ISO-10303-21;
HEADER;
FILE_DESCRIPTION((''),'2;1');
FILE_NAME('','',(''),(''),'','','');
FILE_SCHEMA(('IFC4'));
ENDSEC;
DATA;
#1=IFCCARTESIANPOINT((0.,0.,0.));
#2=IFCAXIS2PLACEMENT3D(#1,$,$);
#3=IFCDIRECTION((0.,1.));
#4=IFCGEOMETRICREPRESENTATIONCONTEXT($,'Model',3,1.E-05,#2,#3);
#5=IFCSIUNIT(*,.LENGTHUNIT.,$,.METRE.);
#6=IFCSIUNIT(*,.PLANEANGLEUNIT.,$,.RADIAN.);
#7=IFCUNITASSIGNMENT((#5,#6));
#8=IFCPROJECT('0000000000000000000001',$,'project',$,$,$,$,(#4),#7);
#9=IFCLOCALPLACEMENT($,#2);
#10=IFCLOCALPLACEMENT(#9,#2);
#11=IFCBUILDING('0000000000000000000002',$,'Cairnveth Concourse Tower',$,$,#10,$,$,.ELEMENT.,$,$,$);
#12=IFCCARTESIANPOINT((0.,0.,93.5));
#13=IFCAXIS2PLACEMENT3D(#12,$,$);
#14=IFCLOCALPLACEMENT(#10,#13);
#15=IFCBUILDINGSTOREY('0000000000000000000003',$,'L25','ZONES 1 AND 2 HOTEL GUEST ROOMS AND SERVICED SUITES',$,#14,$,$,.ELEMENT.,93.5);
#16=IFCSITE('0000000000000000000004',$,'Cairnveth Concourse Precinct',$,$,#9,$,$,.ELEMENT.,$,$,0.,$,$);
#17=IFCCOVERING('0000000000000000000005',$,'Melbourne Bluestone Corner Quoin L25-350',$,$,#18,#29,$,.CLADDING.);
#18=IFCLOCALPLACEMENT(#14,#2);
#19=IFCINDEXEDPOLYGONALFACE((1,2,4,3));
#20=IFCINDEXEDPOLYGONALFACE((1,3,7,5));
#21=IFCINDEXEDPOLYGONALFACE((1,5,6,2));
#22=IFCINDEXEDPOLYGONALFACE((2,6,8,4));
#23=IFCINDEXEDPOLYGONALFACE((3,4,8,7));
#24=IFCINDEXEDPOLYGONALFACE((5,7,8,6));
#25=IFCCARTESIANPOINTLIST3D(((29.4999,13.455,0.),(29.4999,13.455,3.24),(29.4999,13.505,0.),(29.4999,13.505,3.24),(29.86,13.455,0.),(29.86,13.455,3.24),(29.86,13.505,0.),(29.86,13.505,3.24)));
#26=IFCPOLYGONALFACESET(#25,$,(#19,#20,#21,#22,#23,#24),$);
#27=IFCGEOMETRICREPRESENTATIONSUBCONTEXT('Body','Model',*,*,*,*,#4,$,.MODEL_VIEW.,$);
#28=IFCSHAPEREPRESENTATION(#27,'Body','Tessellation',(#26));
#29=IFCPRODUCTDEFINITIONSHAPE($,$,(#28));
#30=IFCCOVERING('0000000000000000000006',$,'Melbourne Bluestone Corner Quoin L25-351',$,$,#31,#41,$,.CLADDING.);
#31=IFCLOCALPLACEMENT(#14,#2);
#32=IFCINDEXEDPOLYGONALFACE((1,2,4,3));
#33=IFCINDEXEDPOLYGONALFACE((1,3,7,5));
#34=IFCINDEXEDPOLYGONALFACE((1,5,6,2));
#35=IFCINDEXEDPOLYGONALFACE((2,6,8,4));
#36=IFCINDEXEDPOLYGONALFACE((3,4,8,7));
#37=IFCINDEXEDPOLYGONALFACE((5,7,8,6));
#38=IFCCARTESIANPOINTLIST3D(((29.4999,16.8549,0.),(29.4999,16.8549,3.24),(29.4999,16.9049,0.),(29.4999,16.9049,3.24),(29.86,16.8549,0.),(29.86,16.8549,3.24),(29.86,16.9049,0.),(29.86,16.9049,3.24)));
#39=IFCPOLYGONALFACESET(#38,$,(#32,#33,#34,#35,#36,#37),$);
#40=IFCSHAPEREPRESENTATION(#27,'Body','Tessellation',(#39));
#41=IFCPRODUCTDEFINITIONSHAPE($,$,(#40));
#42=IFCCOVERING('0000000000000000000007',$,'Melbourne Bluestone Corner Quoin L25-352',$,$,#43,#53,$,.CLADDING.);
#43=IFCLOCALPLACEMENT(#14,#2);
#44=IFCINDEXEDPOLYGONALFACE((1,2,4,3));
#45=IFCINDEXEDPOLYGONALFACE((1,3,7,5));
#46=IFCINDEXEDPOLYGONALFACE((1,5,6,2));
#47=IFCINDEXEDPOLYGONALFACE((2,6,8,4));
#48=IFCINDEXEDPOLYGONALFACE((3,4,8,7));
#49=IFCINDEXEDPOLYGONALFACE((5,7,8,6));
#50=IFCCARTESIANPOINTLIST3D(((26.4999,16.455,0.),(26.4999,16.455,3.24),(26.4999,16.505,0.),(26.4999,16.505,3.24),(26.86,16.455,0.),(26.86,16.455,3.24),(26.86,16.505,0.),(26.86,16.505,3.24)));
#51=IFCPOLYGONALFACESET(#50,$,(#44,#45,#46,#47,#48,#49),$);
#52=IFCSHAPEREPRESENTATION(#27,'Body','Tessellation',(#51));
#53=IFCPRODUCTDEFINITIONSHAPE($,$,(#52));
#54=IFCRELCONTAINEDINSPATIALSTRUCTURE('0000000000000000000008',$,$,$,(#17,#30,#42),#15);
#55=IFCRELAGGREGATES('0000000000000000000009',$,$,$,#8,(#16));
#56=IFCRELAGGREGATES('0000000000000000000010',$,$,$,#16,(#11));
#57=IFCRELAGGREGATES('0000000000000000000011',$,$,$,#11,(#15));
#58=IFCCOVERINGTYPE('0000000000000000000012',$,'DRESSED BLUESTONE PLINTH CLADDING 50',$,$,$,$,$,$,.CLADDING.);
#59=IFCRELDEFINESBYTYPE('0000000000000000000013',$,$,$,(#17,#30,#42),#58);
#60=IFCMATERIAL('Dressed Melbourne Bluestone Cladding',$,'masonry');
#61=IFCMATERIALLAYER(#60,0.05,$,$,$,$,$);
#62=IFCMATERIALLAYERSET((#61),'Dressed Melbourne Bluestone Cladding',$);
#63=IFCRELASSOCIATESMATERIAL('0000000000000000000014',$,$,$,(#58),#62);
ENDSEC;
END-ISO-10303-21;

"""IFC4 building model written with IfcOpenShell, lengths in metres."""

from ifc_helpers import new_model, si_unit, direction, frame, frame_2d, origin, place, context, subcontext, project, spatial, rectangle, extrude, material, layer, layer_set, type_object, element, save


model = new_model("IFC4")

# Units and contexts
model_context = context("Model", 3, precision=1e-05, world=origin(), true_north=direction((0.0, 1.0)))
body_context = subcontext(model_context, "Body", "Model", "MODEL_VIEW")
ifc_project = project(units=[si_unit("LENGTHUNIT", "METRE"), si_unit("PLANEANGLEUNIT", "RADIAN")], contexts=[model_context])

# Site, building, storey
site_placement = place(None, origin())
site = spatial("IfcSite", under=ifc_project, at=site_placement, Name="Cairnveth Concourse Precinct", CompositionType="ELEMENT", RefElevation=0.0)
building_placement = place(site_placement, origin())
building = spatial("IfcBuilding", under=site, at=building_placement, Name="Cairnveth Concourse Tower", CompositionType="ELEMENT")
storey_placement = place(building_placement, frame((0.0, 0.0, 93.5)))
storey = spatial("IfcBuildingStorey", under=building, at=storey_placement, Name="L25", Description="ZONES 1 AND 2 HOTEL GUEST ROOMS AND SERVICED SUITES", CompositionType="ELEMENT", Elevation=93.5)

# Coverings
ifc_material_1 = material(Name="Dressed Melbourne Bluestone Cladding", Category="masonry")
ifc_layer_1 = layer(ifc_material_1, 0.05)
ifc_layer_set_1 = layer_set([ifc_layer_1], Name="Dressed Melbourne Bluestone Cladding")
covering_type = type_object("IfcCoveringType", Name="DRESSED BLUESTONE PLINTH CLADDING 50", PredefinedType="CLADDING", material=ifc_layer_set_1)
for number, where, z_axis, x_axis, name in (
    (1, (29.8601, 13.48, 0.0), (0.0, 0.0, 1.0), (-1.0, 0.0, 0.0), "Melbourne Bluestone Corner Quoin L25-350"),
    (2, (29.8601, 16.8799, 0.0), (0.0, 0.0, 1.0), (-1.0, 0.0, 0.0), "Melbourne Bluestone Corner Quoin L25-351"),
    (3, (26.8601, 16.48, 0.0), (0.0, 0.0, 1.0), (-1.0, 0.0, 0.0), "Melbourne Bluestone Corner Quoin L25-352"),
):
    element("IfcCovering", number, at=place(storey_placement, frame(where, z_axis=z_axis, x_axis=x_axis)), inside=storey, type_object=covering_type, Name=name, PredefinedType="CLADDING", context=body_context, shape_type="SweptSolid", body=[
        extrude(rectangle(XDim=0.3601, YDim=0.05, at=frame_2d((0.1802, 0.0))), origin(), (0.0, 0.0, 1.0), 3.24),
    ])

save(model, "model.ifc")
